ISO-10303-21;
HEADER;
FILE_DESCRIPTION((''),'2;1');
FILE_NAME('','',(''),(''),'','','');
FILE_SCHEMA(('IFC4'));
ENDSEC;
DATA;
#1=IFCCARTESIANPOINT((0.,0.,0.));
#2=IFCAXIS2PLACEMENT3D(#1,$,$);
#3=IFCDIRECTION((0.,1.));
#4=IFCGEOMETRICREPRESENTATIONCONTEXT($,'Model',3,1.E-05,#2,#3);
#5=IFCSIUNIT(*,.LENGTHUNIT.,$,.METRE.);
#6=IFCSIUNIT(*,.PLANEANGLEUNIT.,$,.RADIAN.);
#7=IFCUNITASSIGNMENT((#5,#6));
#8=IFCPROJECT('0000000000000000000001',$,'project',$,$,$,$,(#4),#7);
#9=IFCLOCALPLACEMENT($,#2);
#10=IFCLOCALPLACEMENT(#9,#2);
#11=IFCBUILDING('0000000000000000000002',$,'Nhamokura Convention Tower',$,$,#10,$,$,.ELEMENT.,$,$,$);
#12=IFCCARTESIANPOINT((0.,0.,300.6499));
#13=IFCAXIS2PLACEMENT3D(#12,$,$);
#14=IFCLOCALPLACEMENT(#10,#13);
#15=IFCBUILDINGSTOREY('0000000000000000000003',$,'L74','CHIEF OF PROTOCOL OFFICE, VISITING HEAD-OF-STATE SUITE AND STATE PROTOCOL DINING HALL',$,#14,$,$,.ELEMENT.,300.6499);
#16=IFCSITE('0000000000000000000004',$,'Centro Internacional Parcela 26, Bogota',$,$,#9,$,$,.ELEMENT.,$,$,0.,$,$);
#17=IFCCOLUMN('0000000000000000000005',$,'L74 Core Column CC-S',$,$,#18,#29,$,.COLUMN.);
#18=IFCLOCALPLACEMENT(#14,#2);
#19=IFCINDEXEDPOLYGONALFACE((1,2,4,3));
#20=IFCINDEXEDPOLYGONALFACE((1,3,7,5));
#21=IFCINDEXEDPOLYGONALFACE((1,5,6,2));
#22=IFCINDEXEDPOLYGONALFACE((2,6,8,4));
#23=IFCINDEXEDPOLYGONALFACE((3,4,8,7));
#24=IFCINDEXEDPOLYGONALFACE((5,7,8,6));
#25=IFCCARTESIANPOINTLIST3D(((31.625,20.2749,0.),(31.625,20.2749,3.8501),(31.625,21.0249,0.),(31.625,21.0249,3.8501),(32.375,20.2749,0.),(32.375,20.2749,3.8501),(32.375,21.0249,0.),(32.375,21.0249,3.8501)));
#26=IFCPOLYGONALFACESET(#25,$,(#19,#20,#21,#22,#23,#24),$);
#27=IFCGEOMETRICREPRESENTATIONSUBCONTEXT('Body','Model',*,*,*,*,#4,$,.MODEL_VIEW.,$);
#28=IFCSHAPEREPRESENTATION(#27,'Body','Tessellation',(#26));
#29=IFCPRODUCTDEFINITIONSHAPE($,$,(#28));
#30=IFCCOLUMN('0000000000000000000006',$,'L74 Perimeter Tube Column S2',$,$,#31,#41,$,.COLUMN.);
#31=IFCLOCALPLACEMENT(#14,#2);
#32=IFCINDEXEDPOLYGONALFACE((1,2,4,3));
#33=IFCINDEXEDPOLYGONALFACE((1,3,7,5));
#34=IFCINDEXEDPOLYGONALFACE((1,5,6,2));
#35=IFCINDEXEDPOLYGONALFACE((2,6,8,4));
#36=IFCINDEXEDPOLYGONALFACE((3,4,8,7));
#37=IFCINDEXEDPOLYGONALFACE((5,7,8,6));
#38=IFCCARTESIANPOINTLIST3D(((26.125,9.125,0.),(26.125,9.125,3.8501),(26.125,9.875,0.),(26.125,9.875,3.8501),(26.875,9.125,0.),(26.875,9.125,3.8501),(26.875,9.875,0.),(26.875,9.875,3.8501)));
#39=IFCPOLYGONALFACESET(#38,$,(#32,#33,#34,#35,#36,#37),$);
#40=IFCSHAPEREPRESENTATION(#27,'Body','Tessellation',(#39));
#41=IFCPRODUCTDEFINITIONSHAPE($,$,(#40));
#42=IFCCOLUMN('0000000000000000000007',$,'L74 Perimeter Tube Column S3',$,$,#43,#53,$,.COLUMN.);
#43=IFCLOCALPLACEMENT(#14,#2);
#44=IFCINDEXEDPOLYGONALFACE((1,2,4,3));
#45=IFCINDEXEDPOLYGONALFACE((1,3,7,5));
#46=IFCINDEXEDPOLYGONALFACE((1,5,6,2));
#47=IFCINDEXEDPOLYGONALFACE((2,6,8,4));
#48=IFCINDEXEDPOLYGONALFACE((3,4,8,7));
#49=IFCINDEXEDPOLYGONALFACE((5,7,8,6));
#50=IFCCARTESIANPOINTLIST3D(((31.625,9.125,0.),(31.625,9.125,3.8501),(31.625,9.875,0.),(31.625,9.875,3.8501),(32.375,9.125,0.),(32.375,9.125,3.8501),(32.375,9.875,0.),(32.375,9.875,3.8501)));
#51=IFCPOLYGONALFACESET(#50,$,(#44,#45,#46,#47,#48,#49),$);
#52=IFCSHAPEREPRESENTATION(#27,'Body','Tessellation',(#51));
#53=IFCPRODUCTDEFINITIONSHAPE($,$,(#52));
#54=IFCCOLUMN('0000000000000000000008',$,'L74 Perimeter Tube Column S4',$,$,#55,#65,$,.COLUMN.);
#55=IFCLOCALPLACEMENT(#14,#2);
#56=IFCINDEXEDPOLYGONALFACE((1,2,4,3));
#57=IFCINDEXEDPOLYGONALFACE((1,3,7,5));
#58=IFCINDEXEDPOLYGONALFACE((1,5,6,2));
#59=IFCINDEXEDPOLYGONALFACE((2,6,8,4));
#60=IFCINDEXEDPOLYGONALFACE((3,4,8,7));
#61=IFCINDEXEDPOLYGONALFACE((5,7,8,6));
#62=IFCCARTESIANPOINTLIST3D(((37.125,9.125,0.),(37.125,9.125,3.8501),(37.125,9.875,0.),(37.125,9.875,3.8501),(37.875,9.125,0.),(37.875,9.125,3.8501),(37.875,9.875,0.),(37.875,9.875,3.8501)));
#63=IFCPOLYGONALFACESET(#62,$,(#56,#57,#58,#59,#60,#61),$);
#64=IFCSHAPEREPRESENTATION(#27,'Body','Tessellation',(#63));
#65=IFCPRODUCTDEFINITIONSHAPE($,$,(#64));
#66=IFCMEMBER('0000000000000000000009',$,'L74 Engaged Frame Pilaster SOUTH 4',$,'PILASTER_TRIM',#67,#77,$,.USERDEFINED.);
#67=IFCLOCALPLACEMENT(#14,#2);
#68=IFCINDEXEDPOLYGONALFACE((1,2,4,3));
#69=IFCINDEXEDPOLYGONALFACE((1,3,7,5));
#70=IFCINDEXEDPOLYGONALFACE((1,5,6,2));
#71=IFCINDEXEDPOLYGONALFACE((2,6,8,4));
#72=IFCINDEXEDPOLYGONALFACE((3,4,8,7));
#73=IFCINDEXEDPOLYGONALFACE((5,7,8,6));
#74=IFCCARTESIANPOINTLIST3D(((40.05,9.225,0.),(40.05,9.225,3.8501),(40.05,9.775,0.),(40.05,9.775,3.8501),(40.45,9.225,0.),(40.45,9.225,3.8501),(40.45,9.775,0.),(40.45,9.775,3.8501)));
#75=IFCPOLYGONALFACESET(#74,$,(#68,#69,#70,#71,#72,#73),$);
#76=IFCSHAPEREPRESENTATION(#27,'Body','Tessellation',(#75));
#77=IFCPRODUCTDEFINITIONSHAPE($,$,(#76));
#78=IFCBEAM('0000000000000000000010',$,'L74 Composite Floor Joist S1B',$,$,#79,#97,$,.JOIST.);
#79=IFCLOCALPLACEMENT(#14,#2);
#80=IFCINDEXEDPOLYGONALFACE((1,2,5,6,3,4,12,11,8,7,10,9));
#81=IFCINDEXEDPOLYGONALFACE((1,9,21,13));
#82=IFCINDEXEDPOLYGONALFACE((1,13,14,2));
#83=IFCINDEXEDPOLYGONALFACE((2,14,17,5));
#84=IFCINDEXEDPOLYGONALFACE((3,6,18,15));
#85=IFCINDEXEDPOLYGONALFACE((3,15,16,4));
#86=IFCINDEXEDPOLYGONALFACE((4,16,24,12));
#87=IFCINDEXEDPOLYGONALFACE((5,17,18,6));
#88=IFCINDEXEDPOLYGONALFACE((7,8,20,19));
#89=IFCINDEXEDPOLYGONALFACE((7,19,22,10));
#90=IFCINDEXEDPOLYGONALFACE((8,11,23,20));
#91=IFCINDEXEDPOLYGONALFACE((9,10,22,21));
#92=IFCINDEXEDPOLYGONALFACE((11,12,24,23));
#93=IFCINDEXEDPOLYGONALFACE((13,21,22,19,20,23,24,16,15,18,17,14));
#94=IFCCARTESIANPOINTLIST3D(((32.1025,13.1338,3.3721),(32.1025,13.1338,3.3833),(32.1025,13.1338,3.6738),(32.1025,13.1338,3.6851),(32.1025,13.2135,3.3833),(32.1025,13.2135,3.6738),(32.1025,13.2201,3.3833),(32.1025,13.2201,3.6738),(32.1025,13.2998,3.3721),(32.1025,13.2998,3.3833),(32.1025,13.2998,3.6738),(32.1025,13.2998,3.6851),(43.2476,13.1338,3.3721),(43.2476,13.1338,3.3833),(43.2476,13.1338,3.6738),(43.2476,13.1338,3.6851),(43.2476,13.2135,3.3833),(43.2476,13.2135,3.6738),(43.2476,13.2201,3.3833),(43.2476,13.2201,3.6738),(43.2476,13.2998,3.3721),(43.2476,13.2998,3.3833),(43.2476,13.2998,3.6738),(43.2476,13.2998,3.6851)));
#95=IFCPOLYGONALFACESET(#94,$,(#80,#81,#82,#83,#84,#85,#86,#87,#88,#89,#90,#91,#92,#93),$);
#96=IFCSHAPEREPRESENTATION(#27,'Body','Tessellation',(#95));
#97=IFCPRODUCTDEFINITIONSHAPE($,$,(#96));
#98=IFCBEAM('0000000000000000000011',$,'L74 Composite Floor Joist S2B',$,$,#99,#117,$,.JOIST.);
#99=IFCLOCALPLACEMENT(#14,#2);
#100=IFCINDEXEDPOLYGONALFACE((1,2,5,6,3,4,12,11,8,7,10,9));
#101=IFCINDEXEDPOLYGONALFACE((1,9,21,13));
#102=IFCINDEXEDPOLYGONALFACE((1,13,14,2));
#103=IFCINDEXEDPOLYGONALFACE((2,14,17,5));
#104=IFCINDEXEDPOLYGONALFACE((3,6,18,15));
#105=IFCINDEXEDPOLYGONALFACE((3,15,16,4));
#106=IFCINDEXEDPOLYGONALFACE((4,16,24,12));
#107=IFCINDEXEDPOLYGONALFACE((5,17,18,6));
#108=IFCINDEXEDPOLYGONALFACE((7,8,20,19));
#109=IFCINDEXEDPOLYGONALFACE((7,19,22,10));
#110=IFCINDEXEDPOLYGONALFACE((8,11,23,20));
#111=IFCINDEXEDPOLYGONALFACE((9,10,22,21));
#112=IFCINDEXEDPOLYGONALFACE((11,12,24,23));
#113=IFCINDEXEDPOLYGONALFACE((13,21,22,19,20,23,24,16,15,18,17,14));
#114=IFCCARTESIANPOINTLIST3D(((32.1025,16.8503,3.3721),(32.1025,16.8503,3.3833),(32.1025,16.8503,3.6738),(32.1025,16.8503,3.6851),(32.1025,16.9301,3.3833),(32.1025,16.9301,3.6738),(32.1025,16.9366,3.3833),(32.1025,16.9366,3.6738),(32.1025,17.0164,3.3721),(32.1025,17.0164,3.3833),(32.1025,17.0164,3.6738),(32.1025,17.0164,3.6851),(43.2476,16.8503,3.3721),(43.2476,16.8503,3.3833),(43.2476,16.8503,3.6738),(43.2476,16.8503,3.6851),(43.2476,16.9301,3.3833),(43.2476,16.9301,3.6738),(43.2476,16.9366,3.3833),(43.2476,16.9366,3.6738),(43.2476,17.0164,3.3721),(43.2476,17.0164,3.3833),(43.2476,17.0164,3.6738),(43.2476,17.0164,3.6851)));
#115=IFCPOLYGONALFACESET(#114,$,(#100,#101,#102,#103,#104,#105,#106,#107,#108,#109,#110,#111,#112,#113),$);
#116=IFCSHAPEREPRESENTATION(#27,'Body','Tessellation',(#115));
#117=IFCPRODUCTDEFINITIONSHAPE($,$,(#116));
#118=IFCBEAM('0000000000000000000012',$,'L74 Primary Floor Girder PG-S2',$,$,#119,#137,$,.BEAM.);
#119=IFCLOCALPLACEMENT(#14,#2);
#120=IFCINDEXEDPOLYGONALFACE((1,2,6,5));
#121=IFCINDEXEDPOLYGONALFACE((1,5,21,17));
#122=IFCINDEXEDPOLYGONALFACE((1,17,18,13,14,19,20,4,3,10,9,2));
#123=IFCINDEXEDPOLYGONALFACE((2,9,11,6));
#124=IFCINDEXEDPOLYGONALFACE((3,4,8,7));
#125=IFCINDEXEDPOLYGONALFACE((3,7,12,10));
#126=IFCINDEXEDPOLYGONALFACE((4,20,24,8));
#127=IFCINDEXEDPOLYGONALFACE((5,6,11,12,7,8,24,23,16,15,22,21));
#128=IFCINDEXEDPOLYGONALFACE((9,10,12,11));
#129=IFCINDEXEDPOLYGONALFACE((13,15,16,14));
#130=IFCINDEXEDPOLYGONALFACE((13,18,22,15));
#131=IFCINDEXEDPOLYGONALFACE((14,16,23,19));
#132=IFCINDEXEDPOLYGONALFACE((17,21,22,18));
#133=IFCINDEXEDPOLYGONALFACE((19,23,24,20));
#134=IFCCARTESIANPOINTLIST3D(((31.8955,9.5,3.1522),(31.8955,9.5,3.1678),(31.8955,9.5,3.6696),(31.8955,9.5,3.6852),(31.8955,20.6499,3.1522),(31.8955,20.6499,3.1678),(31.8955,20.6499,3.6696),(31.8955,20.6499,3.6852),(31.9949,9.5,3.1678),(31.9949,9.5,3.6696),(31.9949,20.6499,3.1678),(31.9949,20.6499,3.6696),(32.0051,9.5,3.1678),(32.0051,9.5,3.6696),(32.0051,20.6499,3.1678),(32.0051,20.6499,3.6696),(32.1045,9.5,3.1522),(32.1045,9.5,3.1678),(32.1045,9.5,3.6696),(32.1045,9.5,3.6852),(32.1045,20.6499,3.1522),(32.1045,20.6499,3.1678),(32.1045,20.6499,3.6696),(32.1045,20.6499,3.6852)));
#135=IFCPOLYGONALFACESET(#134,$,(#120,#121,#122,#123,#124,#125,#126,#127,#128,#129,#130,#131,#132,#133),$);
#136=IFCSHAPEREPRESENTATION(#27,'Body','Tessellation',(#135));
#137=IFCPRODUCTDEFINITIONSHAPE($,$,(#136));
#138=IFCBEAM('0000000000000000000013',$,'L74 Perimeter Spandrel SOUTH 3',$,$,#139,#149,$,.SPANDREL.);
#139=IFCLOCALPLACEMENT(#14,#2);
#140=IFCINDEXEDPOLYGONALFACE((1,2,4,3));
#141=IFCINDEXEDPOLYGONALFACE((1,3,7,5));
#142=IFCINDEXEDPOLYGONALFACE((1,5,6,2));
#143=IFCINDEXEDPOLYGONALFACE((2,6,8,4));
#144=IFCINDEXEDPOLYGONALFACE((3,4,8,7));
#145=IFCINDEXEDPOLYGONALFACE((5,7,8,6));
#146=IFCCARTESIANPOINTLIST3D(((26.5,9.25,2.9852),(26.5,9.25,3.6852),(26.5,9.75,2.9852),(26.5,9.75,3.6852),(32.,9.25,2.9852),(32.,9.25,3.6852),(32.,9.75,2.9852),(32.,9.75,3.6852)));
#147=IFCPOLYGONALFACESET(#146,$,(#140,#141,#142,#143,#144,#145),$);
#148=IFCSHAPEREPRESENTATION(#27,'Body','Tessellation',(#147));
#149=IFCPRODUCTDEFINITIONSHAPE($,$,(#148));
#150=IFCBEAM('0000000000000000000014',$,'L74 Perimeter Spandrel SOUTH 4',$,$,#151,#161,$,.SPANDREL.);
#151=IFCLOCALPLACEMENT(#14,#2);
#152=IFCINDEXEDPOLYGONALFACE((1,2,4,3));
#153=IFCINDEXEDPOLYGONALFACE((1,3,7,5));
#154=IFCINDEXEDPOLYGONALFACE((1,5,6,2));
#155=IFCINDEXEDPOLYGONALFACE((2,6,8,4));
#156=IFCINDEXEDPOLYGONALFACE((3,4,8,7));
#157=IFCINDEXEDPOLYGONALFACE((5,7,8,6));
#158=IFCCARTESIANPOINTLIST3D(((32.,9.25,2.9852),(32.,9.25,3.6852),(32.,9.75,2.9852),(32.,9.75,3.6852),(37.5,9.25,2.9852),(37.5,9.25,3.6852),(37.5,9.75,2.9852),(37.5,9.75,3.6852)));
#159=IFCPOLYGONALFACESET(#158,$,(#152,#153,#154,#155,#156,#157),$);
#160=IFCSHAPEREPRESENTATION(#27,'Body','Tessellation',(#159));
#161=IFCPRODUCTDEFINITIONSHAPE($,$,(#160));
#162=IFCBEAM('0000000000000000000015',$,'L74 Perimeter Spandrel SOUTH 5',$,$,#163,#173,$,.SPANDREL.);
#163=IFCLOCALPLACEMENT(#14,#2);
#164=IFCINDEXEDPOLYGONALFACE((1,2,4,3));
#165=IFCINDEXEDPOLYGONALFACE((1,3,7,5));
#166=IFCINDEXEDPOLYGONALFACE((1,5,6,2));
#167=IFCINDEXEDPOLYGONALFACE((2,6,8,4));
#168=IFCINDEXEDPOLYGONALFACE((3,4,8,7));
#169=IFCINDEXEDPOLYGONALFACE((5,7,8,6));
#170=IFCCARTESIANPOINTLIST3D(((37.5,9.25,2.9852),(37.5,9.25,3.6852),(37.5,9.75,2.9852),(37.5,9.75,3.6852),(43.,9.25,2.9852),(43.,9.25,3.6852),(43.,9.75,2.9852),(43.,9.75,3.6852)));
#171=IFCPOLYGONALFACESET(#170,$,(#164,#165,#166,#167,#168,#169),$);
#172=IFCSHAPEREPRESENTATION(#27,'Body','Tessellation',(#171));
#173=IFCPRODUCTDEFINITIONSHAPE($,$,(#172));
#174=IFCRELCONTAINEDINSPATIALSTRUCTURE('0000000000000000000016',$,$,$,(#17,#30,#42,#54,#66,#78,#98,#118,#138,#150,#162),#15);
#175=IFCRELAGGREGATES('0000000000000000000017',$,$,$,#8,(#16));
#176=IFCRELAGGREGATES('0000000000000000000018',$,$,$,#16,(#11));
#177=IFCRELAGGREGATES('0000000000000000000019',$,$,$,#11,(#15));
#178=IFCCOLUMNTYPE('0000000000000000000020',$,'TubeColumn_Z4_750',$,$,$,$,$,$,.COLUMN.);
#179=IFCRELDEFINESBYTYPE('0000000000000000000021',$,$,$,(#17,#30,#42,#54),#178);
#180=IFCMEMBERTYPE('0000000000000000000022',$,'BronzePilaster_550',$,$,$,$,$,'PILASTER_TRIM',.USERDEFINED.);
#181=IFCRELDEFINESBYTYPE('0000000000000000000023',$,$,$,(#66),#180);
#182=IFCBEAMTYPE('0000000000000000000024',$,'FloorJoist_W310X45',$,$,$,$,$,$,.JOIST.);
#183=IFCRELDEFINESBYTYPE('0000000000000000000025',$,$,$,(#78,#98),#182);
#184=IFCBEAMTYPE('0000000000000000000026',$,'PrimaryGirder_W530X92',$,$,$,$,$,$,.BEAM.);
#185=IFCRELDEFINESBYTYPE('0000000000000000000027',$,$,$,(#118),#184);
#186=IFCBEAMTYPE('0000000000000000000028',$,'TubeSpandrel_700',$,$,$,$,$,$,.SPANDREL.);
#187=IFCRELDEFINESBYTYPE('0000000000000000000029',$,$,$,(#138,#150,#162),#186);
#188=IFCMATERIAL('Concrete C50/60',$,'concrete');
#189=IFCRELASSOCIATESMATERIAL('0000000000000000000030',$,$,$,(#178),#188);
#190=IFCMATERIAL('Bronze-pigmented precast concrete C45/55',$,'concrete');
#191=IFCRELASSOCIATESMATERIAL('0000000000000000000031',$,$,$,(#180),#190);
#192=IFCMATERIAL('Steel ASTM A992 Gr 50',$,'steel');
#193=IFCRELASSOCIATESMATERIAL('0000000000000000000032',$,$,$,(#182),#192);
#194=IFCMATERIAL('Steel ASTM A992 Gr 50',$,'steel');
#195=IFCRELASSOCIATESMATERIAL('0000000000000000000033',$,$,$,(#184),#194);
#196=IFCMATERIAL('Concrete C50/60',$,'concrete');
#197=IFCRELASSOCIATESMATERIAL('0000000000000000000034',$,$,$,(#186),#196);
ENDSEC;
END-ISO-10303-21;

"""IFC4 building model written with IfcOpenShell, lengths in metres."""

from ifc_helpers import new_model, si_unit, direction, frame, origin, origin_2d, place, context, subcontext, project, spatial, rectangle, i_section, extrude, material, material_profile, profile_set, type_object, element, save


model = new_model("IFC4")

# Units and contexts
model_context = context("Model", 3, precision=1e-05, world=origin(), true_north=direction((0.0, 1.0)))
body_context = subcontext(model_context, "Body", "Model", "MODEL_VIEW")
ifc_project = project(units=[si_unit("LENGTHUNIT", "METRE"), si_unit("PLANEANGLEUNIT", "RADIAN")], contexts=[model_context])

# Site, building, storey
site_placement = place(None, origin())
site = spatial("IfcSite", under=ifc_project, at=site_placement, Name="Centro Internacional Parcela 26, Bogota", CompositionType="ELEMENT", RefElevation=0.0)
building_placement = place(site_placement, origin())
building = spatial("IfcBuilding", under=site, at=building_placement, Name="Nhamokura Convention Tower", CompositionType="ELEMENT")
storey_placement = place(building_placement, frame((0.0, 0.0, 300.6499)))
storey = spatial("IfcBuildingStorey", under=building, at=storey_placement, Name="L74", Description="CHIEF OF PROTOCOL OFFICE, VISITING HEAD-OF-STATE SUITE AND STATE PROTOCOL DINING HALL", CompositionType="ELEMENT", Elevation=300.6499)

# Columns
ifc_material_1 = material(Name="Concrete C50/60", Category="concrete")
ifc_material_profile_1 = material_profile(ifc_material_1, rectangle(XDim=0.75, YDim=0.75, at=origin_2d()))
ifc_profile_set_1 = profile_set([ifc_material_profile_1], Name="Concrete C50/60")
column_type = type_object("IfcColumnType", Name="TubeColumn_Z4_750", PredefinedType="COLUMN", material=ifc_profile_set_1)
for number, where, z_axis, x_axis, name in (
    (1, (32.0, 20.6499, 0.0), (0.0, 0.0, 1.0), (1.0, 0.0, 0.0), "L74 Core Column CC-S"),
    (2, (26.5, 9.5, 0.0), (0.0, 0.0, 1.0), (1.0, 0.0, 0.0), "L74 Perimeter Tube Column S2"),
    (3, (32.0, 9.5, 0.0), (0.0, 0.0, 1.0), (1.0, 0.0, 0.0), "L74 Perimeter Tube Column S3"),
    (4, (37.5, 9.5, 0.0), (0.0, 0.0, 1.0), (1.0, 0.0, 0.0), "L74 Perimeter Tube Column S4"),
):
    element("IfcColumn", number, at=place(storey_placement, frame(where, z_axis=z_axis, x_axis=x_axis)), inside=storey, type_object=column_type, Name=name, PredefinedType="COLUMN", context=body_context, shape_type="SweptSolid", body=[
        extrude(rectangle(XDim=0.75, YDim=0.75, at=origin_2d()), origin(), (0.0, 0.0, 1.0), 3.8501),
    ])

# Member
ifc_material_2 = material(Name="Bronze-pigmented precast concrete C45/55", Category="concrete")
ifc_material_profile_2 = material_profile(ifc_material_2, rectangle(XDim=0.3999, YDim=0.55, at=origin_2d()))
ifc_profile_set_2 = profile_set([ifc_material_profile_2], Name="Bronze-pigmented precast concrete C45/55")
member_type = type_object("IfcMemberType", Name="BronzePilaster_550", ElementType="PILASTER_TRIM", PredefinedType="USERDEFINED", material=ifc_profile_set_2)
member_placement = place(storey_placement, frame((40.25, 9.5, 0.0), z_axis=(0.0, 0.0, 1.0), x_axis=(1.0, 0.0, 0.0)))
element("IfcMember", 5, at=member_placement, inside=storey, type_object=member_type, Name="L74 Engaged Frame Pilaster SOUTH 4", ObjectType="PILASTER_TRIM", PredefinedType="USERDEFINED", context=body_context, shape_type="SweptSolid", body=[
    extrude(rectangle(XDim=0.3999, YDim=0.55, at=origin_2d()), origin(), (0.0, 0.0, 1.0), 3.8501),
])

# Beams
ifc_material_3 = material(Name="Steel ASTM A992 Gr 50", Category="steel")
ifc_material_profile_3 = material_profile(ifc_material_3, i_section(OverallWidth=0.166, OverallDepth=0.313, WebThickness=0.0066, FlangeThickness=0.0112, at=origin_2d()))
ifc_profile_set_3 = profile_set([ifc_material_profile_3], Name="Steel ASTM A992 Gr 50")
beam_type_1 = type_object("IfcBeamType", Name="FloorJoist_W310X45", PredefinedType="JOIST", material=ifc_profile_set_3)
for number, where, z_axis, x_axis, name in (
    (6, (32.1025, 13.2168, 3.5286), (1.0, 0.0, 0.0), (0.0, 1.0, 0.0), "L74 Composite Floor Joist S1B"),
    (7, (32.1025, 16.9333, 3.5286), (1.0, 0.0, 0.0), (0.0, 1.0, 0.0), "L74 Composite Floor Joist S2B"),
):
    element("IfcBeam", number, at=place(storey_placement, frame(where, z_axis=z_axis, x_axis=x_axis)), inside=storey, type_object=beam_type_1, Name=name, PredefinedType="JOIST", context=body_context, shape_type="SweptSolid", body=[
        extrude(i_section(OverallWidth=0.166, OverallDepth=0.313, WebThickness=0.0066, FlangeThickness=0.0112, at=origin_2d()), origin(), (0.0, 0.0, 1.0), 11.145),
    ])
ifc_material_4 = material(Name="Steel ASTM A992 Gr 50", Category="steel")
ifc_material_profile_4 = material_profile(ifc_material_4, i_section(OverallWidth=0.209, OverallDepth=0.533, WebThickness=0.0103, FlangeThickness=0.0156, at=origin_2d()))
ifc_profile_set_4 = profile_set([ifc_material_profile_4], Name="Steel ASTM A992 Gr 50")
beam_type_2 = type_object("IfcBeamType", Name="PrimaryGirder_W530X92", PredefinedType="BEAM", material=ifc_profile_set_4)
beam_placement = place(storey_placement, frame((32.0, 9.5, 3.4187), z_axis=(0.0, 1.0, 0.0), x_axis=(-1.0, 0.0, 0.0)))
element("IfcBeam", 8, at=beam_placement, inside=storey, type_object=beam_type_2, Name="L74 Primary Floor Girder PG-S2", PredefinedType="BEAM", context=body_context, shape_type="SweptSolid", body=[
    extrude(i_section(OverallWidth=0.209, OverallDepth=0.533, WebThickness=0.0103, FlangeThickness=0.0156, at=origin_2d()), origin(), (0.0, 0.0, 1.0), 11.1499),
])
ifc_material_5 = material(Name="Concrete C50/60", Category="concrete")
ifc_material_profile_5 = material_profile(ifc_material_5, rectangle(XDim=0.5, YDim=0.7, at=origin_2d()))
ifc_profile_set_5 = profile_set([ifc_material_profile_5], Name="Concrete C50/60")
beam_type_3 = type_object("IfcBeamType", Name="TubeSpandrel_700", PredefinedType="SPANDREL", material=ifc_profile_set_5)
for number, where, z_axis, x_axis, name in (
    (9, (26.5, 9.5, 3.3352), (1.0, 0.0, 0.0), (0.0, 1.0, 0.0), "L74 Perimeter Spandrel SOUTH 3"),
    (10, (32.0, 9.5, 3.3352), (1.0, 0.0, 0.0), (0.0, 1.0, 0.0), "L74 Perimeter Spandrel SOUTH 4"),
    (11, (37.5, 9.5, 3.3352), (1.0, 0.0, 0.0), (0.0, 1.0, 0.0), "L74 Perimeter Spandrel SOUTH 5"),
):
    element("IfcBeam", number, at=place(storey_placement, frame(where, z_axis=z_axis, x_axis=x_axis)), inside=storey, type_object=beam_type_3, Name=name, PredefinedType="SPANDREL", context=body_context, shape_type="SweptSolid", body=[
        extrude(rectangle(XDim=0.5, YDim=0.7, at=origin_2d()), origin(), (0.0, 0.0, 1.0), 5.5),
    ])

save(model, "model.ifc")
